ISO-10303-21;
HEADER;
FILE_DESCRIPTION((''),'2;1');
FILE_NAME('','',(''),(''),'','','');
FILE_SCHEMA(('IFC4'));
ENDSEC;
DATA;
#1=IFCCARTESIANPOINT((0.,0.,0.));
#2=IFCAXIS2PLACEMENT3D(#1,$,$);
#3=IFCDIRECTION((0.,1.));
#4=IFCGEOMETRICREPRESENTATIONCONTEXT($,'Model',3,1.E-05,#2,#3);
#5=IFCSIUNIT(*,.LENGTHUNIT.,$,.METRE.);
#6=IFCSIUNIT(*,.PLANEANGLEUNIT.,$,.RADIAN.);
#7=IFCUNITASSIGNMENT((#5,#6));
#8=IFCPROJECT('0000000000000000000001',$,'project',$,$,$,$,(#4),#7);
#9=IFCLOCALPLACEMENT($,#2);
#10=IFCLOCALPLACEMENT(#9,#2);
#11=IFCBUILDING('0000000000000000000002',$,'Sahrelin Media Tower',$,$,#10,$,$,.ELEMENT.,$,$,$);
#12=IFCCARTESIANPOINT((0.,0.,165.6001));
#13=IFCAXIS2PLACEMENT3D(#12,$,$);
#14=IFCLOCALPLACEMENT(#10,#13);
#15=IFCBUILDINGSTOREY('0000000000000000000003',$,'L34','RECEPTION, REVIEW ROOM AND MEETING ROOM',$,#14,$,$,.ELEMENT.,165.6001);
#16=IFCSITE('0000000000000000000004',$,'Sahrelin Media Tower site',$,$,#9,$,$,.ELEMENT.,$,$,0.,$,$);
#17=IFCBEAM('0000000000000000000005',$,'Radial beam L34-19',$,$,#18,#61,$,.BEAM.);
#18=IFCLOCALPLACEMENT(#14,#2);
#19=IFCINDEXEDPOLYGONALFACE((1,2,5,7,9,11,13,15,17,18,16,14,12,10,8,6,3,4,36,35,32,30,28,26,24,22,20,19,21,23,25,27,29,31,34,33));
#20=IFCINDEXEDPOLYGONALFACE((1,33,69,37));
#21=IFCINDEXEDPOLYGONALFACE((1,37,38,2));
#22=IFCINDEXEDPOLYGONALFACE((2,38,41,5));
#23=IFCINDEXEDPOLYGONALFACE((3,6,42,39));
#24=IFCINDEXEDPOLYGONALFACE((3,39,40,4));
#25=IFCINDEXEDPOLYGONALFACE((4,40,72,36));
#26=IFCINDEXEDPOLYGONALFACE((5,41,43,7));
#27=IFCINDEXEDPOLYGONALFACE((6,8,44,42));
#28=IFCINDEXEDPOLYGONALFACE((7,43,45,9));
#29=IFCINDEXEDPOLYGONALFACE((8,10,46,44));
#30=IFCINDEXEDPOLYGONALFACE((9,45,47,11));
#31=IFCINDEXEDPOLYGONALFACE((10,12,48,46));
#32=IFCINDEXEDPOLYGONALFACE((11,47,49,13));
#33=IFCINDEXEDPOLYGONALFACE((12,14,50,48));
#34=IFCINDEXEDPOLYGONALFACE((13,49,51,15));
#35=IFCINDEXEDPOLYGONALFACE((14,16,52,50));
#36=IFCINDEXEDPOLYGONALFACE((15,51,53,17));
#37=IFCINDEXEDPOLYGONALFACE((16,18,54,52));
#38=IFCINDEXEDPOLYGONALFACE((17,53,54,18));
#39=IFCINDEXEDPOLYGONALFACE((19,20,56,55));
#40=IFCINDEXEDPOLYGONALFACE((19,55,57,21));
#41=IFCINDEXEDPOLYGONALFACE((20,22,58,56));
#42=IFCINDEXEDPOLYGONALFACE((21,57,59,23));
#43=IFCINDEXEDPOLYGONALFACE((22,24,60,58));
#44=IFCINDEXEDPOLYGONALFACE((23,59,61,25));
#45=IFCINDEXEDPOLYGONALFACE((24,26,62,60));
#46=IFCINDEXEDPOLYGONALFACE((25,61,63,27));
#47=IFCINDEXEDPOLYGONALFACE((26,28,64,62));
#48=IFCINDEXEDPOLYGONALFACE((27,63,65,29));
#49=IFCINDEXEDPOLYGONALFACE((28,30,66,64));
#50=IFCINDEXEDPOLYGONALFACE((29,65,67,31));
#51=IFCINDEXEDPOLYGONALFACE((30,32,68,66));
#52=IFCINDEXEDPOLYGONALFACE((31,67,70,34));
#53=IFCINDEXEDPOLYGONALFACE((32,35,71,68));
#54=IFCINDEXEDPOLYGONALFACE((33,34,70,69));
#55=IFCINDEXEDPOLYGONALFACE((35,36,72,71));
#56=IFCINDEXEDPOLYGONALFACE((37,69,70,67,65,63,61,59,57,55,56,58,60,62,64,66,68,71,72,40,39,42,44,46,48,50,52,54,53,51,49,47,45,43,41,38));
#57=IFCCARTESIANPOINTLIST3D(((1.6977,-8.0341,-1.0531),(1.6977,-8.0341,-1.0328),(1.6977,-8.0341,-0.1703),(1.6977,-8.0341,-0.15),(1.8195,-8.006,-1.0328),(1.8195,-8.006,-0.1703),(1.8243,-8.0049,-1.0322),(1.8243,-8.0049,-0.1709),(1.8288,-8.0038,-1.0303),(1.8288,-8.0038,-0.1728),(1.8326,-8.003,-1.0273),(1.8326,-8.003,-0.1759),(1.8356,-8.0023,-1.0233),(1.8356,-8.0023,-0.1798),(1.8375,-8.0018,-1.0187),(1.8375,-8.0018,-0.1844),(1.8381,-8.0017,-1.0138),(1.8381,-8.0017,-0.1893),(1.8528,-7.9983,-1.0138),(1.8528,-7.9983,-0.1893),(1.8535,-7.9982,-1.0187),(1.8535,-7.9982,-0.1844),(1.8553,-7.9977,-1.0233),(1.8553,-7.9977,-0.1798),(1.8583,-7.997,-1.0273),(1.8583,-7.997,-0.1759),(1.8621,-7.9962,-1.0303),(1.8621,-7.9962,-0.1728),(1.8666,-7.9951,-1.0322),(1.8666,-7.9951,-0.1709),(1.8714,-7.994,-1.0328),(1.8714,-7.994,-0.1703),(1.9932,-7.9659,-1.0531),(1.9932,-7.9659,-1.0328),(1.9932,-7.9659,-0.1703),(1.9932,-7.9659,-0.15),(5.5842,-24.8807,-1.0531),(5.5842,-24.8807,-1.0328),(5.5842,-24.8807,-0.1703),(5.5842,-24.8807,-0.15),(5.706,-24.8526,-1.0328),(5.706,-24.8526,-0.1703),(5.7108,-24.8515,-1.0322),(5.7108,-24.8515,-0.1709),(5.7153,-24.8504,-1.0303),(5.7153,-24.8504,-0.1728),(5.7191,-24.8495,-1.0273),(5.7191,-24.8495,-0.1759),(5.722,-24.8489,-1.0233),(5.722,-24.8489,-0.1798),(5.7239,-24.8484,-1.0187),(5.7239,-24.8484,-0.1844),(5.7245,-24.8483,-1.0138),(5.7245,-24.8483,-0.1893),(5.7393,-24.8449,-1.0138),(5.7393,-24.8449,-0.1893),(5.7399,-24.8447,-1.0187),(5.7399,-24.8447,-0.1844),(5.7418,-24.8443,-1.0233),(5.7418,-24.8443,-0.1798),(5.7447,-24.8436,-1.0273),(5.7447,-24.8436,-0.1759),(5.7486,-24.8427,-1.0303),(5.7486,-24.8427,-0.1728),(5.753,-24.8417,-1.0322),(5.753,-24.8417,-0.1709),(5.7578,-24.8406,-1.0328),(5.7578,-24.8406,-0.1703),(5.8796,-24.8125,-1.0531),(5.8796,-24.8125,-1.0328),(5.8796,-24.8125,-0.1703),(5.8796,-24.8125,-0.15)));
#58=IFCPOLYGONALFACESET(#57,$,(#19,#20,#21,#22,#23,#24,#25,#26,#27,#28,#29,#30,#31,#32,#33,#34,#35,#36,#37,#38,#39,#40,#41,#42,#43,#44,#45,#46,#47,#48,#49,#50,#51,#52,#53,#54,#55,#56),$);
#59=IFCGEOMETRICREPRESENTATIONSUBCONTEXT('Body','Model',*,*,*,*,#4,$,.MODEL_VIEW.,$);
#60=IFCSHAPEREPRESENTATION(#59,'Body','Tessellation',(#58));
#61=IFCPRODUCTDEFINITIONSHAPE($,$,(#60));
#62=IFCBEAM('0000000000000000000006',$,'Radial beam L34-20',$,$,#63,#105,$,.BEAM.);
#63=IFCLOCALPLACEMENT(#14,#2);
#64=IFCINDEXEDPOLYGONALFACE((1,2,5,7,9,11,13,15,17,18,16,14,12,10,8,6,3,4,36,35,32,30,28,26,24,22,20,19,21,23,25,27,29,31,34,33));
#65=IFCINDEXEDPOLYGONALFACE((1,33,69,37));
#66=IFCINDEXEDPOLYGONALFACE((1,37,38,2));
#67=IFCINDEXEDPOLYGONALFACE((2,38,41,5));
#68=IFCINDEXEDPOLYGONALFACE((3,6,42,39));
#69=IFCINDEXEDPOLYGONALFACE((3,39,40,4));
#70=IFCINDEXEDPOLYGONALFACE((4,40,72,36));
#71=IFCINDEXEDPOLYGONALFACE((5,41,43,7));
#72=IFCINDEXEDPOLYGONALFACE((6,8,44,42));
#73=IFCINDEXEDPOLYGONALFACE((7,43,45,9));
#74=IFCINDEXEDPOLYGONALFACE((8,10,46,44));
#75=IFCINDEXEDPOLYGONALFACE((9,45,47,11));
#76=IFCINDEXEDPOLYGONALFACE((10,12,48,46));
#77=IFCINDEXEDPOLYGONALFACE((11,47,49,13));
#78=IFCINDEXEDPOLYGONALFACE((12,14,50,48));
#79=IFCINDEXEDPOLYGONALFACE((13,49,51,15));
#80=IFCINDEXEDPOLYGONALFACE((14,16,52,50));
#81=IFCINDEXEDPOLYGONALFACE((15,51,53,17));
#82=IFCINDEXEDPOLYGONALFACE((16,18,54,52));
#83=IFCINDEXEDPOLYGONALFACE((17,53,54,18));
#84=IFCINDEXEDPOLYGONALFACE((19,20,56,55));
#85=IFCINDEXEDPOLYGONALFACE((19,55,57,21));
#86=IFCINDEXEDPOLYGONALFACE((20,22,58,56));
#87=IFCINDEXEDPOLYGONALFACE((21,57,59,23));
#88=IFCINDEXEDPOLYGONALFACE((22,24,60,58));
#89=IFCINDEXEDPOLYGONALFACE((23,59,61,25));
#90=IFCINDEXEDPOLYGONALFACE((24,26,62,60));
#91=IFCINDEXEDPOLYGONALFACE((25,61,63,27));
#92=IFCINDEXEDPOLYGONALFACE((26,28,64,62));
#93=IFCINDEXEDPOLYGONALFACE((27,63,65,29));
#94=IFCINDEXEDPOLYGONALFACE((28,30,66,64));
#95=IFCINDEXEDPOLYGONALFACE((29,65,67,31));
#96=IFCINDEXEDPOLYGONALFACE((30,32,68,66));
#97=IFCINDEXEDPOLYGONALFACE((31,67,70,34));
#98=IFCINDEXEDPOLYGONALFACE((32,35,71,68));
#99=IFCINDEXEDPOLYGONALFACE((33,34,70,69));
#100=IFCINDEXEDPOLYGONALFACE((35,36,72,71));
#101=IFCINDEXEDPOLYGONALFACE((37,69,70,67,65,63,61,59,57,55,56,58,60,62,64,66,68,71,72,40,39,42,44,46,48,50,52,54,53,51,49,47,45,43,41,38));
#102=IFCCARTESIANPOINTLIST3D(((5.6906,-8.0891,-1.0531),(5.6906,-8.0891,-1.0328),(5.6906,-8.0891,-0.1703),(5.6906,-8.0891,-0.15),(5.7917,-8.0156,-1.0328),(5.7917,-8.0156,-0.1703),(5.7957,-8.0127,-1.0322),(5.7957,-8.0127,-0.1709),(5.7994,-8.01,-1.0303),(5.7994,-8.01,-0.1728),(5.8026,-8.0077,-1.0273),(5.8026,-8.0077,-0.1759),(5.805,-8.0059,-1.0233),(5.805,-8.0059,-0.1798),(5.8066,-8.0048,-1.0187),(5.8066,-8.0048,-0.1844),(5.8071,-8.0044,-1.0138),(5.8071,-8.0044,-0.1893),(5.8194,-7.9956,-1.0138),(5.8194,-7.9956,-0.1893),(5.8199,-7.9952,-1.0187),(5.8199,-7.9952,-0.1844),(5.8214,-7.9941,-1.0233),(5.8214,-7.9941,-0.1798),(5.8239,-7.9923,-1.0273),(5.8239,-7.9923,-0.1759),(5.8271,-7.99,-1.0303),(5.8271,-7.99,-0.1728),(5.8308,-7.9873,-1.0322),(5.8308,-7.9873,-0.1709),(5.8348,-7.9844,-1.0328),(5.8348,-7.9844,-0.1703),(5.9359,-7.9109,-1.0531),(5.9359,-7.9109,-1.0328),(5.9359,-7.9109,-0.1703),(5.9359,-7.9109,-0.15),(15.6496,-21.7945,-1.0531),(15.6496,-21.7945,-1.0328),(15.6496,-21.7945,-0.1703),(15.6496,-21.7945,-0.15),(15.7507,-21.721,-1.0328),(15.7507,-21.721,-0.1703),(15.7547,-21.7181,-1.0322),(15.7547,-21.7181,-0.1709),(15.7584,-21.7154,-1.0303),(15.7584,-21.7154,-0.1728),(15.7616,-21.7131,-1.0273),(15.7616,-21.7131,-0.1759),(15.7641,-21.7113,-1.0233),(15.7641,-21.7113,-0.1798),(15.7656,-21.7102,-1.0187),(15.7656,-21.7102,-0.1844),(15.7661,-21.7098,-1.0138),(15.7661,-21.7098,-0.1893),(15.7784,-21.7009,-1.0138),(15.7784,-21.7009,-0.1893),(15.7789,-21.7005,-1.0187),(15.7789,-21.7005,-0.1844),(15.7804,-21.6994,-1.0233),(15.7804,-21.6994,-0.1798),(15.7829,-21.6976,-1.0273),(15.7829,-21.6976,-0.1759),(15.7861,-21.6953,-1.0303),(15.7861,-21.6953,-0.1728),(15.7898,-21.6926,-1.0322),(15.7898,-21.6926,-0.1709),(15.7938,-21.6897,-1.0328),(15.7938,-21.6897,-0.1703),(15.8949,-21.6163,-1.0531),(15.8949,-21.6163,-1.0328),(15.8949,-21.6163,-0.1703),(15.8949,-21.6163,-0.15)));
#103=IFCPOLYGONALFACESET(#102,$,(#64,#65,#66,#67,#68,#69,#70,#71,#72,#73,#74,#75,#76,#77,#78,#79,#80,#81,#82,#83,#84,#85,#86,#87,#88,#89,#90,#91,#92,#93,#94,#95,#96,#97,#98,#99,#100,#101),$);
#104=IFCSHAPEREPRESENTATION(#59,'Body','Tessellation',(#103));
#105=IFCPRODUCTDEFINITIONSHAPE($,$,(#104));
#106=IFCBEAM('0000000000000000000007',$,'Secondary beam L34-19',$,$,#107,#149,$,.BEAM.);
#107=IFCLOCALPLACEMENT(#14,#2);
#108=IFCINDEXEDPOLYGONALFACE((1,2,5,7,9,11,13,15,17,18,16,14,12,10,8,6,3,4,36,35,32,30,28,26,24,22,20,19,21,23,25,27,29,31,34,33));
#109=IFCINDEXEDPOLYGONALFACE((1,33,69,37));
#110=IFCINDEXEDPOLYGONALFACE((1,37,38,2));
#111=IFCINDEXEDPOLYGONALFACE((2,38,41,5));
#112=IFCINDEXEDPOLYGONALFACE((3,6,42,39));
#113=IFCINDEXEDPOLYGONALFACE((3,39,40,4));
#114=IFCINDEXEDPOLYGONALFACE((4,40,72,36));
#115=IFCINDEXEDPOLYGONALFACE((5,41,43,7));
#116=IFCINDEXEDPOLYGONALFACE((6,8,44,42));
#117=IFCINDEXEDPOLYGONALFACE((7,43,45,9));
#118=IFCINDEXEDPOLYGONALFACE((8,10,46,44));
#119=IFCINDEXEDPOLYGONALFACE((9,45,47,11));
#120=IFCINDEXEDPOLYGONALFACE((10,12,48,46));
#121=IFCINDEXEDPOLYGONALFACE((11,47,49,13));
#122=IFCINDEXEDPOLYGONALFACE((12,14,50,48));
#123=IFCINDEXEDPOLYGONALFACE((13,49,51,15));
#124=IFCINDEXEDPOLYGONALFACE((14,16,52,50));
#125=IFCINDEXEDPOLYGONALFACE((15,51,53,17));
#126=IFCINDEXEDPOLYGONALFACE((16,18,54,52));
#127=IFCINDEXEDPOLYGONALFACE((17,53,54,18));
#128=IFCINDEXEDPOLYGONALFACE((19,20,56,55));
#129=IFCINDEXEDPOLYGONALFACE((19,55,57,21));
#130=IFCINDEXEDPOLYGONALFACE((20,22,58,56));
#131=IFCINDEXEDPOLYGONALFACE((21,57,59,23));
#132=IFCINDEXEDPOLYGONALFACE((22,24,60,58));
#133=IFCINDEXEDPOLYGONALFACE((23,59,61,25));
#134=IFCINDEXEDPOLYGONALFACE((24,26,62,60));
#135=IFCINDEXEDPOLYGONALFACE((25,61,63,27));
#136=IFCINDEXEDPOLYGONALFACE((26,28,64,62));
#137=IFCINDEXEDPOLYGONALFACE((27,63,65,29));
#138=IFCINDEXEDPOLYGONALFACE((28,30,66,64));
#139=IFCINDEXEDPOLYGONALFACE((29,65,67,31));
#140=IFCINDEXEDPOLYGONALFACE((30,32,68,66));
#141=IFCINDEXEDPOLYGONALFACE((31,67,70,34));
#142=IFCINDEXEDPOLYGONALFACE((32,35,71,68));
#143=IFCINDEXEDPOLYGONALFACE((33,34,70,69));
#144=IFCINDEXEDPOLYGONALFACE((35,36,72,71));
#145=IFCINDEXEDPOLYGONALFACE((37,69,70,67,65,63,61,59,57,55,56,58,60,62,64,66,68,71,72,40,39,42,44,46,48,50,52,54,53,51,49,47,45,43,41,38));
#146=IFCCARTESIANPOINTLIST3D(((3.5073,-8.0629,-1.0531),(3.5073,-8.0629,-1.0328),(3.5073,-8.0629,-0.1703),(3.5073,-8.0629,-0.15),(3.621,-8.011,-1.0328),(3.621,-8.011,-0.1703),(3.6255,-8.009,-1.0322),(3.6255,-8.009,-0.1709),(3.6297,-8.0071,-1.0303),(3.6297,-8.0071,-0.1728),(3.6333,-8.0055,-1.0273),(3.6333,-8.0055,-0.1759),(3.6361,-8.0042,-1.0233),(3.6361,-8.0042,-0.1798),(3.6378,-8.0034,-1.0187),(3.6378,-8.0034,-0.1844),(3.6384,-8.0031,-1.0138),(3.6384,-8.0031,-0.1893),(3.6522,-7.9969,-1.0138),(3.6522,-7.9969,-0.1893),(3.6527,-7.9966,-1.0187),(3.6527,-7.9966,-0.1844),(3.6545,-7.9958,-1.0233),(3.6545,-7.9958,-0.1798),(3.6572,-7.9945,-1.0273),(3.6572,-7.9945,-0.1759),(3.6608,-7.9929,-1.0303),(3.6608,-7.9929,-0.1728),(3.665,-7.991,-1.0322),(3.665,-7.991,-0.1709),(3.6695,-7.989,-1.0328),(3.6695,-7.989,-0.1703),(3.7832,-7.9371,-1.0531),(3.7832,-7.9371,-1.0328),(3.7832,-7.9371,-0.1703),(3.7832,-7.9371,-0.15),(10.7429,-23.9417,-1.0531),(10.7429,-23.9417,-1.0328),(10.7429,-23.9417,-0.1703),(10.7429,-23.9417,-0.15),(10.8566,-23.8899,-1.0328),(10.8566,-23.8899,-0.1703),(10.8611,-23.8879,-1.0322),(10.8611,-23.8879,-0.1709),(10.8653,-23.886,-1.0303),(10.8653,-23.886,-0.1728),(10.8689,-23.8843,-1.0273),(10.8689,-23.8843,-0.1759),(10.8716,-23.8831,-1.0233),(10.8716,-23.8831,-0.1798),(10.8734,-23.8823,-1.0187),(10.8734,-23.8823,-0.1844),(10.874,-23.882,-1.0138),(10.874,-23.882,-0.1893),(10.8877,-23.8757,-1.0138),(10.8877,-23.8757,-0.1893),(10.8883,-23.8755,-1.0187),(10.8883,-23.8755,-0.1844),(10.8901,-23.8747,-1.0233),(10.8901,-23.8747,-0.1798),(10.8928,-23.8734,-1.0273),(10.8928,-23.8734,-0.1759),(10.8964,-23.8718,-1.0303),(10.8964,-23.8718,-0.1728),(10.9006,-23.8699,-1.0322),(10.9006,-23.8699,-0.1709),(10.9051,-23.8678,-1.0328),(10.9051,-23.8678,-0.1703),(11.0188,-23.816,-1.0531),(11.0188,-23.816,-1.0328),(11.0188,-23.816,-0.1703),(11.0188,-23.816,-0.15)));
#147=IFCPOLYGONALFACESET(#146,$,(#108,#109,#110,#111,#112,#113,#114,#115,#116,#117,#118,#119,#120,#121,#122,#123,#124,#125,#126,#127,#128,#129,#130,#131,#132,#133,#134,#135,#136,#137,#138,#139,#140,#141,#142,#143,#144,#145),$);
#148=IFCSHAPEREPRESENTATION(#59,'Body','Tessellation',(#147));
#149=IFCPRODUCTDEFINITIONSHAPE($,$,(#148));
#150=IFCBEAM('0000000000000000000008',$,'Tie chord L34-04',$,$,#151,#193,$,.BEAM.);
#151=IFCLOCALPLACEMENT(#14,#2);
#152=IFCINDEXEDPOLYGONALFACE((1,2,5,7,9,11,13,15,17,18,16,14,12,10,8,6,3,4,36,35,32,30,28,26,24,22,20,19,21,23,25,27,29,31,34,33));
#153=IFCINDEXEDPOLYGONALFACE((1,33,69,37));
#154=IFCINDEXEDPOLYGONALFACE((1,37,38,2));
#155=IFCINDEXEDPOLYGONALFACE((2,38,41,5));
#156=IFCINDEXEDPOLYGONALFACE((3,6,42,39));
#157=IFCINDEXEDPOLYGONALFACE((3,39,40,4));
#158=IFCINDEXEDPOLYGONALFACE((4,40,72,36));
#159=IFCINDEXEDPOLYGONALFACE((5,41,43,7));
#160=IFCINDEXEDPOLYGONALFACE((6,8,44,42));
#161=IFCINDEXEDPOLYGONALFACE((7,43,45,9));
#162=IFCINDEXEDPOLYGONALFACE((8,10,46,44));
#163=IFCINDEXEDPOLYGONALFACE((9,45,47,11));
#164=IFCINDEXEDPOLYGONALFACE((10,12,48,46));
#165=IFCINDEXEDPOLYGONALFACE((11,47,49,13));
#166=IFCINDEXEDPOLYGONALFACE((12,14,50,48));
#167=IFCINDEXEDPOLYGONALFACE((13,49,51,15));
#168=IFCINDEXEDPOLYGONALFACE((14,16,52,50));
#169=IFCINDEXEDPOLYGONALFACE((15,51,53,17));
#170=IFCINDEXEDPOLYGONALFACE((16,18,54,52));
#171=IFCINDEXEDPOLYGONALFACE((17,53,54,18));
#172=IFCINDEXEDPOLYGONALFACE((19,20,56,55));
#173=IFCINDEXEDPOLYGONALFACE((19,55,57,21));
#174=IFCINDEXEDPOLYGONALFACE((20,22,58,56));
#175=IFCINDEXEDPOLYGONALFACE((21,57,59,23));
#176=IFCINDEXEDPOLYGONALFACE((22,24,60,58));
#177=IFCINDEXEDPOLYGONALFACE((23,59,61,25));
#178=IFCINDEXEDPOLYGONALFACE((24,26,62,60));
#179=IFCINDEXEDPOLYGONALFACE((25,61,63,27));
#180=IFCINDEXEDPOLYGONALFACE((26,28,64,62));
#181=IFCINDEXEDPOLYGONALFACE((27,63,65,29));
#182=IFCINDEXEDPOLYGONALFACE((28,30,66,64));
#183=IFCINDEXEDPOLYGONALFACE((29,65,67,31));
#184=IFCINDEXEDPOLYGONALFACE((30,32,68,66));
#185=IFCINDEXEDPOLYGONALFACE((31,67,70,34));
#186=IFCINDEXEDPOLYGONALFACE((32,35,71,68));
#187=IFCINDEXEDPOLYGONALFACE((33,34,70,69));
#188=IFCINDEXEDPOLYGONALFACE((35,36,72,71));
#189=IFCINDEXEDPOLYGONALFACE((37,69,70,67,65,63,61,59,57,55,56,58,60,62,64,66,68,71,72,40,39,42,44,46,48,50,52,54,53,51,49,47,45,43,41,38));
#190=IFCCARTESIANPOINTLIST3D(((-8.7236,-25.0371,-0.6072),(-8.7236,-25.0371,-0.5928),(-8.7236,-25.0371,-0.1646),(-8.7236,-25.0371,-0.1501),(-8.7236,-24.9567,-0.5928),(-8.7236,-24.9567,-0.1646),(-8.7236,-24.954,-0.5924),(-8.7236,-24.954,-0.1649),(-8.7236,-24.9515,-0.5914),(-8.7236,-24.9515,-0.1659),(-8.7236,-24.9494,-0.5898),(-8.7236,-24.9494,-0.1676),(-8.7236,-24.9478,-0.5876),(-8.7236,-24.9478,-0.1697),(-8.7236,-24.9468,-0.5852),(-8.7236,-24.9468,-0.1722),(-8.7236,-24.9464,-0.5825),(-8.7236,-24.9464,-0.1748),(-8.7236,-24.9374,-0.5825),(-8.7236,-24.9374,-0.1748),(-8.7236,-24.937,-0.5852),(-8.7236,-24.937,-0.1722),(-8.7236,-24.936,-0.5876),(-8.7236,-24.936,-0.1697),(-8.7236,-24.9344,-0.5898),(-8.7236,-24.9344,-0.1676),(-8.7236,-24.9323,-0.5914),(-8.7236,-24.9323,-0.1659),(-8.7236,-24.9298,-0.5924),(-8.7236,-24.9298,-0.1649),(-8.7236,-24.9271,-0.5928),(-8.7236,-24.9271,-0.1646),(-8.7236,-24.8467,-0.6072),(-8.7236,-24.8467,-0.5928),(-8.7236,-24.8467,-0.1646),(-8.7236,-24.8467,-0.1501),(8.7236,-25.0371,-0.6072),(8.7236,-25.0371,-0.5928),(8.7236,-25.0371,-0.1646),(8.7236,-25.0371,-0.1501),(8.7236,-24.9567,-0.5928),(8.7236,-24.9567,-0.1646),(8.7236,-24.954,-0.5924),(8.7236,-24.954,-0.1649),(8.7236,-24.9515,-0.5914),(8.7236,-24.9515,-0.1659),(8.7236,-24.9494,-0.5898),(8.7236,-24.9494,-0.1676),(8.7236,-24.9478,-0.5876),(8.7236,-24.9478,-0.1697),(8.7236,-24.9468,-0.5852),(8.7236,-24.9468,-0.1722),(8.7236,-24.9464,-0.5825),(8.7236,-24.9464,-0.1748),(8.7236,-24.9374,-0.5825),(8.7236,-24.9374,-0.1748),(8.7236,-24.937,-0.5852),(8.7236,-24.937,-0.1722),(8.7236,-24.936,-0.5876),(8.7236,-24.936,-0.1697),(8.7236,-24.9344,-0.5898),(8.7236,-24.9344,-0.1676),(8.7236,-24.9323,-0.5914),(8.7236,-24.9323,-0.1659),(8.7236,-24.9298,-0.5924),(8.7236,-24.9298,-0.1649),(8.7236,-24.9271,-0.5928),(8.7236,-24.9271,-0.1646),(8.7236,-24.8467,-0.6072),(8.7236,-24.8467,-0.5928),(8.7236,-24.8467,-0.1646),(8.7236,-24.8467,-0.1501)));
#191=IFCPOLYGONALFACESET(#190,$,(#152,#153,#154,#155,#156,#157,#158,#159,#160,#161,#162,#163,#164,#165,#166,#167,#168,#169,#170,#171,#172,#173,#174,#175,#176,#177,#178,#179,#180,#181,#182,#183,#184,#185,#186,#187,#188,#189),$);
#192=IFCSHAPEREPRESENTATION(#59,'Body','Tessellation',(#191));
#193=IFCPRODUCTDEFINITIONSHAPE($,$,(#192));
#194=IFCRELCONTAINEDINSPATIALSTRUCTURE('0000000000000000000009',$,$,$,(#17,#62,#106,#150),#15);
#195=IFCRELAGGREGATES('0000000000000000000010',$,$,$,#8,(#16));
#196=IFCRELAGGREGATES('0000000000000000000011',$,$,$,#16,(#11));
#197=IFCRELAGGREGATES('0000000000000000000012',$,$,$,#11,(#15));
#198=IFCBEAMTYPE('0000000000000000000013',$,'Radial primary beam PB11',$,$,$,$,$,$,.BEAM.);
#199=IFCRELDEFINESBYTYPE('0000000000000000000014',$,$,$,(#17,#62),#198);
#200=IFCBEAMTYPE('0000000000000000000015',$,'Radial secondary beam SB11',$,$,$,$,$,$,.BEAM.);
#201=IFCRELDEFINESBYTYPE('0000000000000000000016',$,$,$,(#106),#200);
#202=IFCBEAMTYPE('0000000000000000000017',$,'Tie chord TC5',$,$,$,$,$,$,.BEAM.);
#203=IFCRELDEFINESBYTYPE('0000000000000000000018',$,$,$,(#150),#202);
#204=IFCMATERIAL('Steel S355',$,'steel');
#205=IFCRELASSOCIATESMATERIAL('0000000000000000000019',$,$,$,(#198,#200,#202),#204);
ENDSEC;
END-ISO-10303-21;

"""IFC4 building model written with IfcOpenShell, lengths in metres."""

from ifc_helpers import new_model, si_unit, direction, frame, origin, origin_2d, place, context, subcontext, project, spatial, i_section, extrude, material, material_profile, profile_set, type_object, element, save


model = new_model("IFC4")

# Units and contexts
model_context = context("Model", 3, precision=1e-05, world=origin(), true_north=direction((0.0, 1.0)))
body_context = subcontext(model_context, "Body", "Model", "MODEL_VIEW")
ifc_project = project(units=[si_unit("LENGTHUNIT", "METRE"), si_unit("PLANEANGLEUNIT", "RADIAN")], contexts=[model_context])

# Site, building, storey
site_placement = place(None, origin())
site = spatial("IfcSite", under=ifc_project, at=site_placement, Name="Sahrelin Media Tower site", CompositionType="ELEMENT", RefElevation=0.0)
building_placement = place(site_placement, origin())
building = spatial("IfcBuilding", under=site, at=building_placement, Name="Sahrelin Media Tower", CompositionType="ELEMENT")
storey_placement = place(building_placement, frame((0.0, 0.0, 165.6001)))
storey = spatial("IfcBuildingStorey", under=building, at=storey_placement, Name="L34", Description="RECEPTION, REVIEW ROOM AND MEETING ROOM", CompositionType="ELEMENT", Elevation=165.6001)

# Shared definitions
ifc_material_1 = material(Name="Steel S355", Category="steel")

# Beams
ifc_material_profile_1 = material_profile(ifc_material_1, i_section(OverallWidth=0.3032, OverallDepth=0.9031, WebThickness=0.0151, FlangeThickness=0.0203, FilletRadius=0.019, at=origin_2d()), Name="UB 914x305x201")
ifc_profile_set_1 = profile_set([ifc_material_profile_1], Name="Steel S355")
beam_type_1 = type_object("IfcBeamType", Name="Radial primary beam PB11", PredefinedType="BEAM", material=ifc_profile_set_1)
beam_1_placement = place(storey_placement, frame((1.8455, -8.0, -0.6016), z_axis=(0.224792, -0.974407, 0.0), x_axis=(0.974407, 0.224792, 0.0)))
element("IfcBeam", 1, at=beam_1_placement, inside=storey, type_object=beam_type_1, Name="Radial beam L34-19", PredefinedType="BEAM", context=body_context, shape_type="SweptSolid", body=[
    extrude(i_section(OverallWidth=0.3032, OverallDepth=0.9031, WebThickness=0.0151, FlangeThickness=0.0203, FilletRadius=0.019, at=origin_2d()), origin(), (0.0, 0.0, 1.0), 17.2891),
])
beam_2_placement = place(storey_placement, frame((5.8132, -8.0, -0.6016), z_axis=(0.587843, -0.808975, 0.0), x_axis=(0.808975, 0.587843, 0.0)))
element("IfcBeam", 2, at=beam_2_placement, inside=storey, type_object=beam_type_1, Name="Radial beam L34-20", PredefinedType="BEAM", context=body_context, shape_type="SweptSolid", body=[
    extrude(i_section(OverallWidth=0.3032, OverallDepth=0.9031, WebThickness=0.0151, FlangeThickness=0.0203, FilletRadius=0.019, at=origin_2d()), origin(), (0.0, 0.0, 1.0), 16.9417),
])
ifc_material_profile_2 = material_profile(ifc_material_1, i_section(OverallWidth=0.3032, OverallDepth=0.9031, WebThickness=0.0151, FlangeThickness=0.0203, FilletRadius=0.019, at=origin_2d()), Name="UB 914x305x201")
ifc_profile_set_2 = profile_set([ifc_material_profile_2], Name="Steel S355")
beam_type_2 = type_object("IfcBeamType", Name="Radial secondary beam SB11", PredefinedType="BEAM", material=ifc_profile_set_2)
beam_3_placement = place(storey_placement, frame((3.6453, -8.0, -0.6016), z_axis=(0.414653, -0.909979, 0.0), x_axis=(0.909979, 0.414653, 0.0)))
element("IfcBeam", 3, at=beam_3_placement, inside=storey, type_object=beam_type_2, Name="Secondary beam L34-19", PredefinedType="BEAM", context=body_context, shape_type="SweptSolid", body=[
    extrude(i_section(OverallWidth=0.3032, OverallDepth=0.9031, WebThickness=0.0151, FlangeThickness=0.0203, FilletRadius=0.019, at=origin_2d()), origin(), (0.0, 0.0, 1.0), 17.4497),
])
ifc_material_profile_3 = material_profile(ifc_material_1, i_section(OverallWidth=0.1904, OverallDepth=0.457, WebThickness=0.009, FlangeThickness=0.0144, FilletRadius=0.0103, at=origin_2d()), Name="UB 457x191x74")
ifc_profile_set_3 = profile_set([ifc_material_profile_3], Name="Steel S355")
beam_type_3 = type_object("IfcBeamType", Name="Tie chord TC5", PredefinedType="BEAM", material=ifc_profile_set_3)
beam_4_placement = place(storey_placement, frame((8.7236, -24.9419, -0.3787), z_axis=(-1.0, 0.0, 0.0), x_axis=(0.0, -1.0, 0.0)))
element("IfcBeam", 4, at=beam_4_placement, inside=storey, type_object=beam_type_3, Name="Tie chord L34-04", PredefinedType="BEAM", context=body_context, shape_type="SweptSolid", body=[
    extrude(i_section(OverallWidth=0.1904, OverallDepth=0.457, WebThickness=0.009, FlangeThickness=0.0144, FilletRadius=0.0103, at=origin_2d()), origin(), (0.0, 0.0, 1.0), 17.4473),
])

save(model, "model.ifc")
